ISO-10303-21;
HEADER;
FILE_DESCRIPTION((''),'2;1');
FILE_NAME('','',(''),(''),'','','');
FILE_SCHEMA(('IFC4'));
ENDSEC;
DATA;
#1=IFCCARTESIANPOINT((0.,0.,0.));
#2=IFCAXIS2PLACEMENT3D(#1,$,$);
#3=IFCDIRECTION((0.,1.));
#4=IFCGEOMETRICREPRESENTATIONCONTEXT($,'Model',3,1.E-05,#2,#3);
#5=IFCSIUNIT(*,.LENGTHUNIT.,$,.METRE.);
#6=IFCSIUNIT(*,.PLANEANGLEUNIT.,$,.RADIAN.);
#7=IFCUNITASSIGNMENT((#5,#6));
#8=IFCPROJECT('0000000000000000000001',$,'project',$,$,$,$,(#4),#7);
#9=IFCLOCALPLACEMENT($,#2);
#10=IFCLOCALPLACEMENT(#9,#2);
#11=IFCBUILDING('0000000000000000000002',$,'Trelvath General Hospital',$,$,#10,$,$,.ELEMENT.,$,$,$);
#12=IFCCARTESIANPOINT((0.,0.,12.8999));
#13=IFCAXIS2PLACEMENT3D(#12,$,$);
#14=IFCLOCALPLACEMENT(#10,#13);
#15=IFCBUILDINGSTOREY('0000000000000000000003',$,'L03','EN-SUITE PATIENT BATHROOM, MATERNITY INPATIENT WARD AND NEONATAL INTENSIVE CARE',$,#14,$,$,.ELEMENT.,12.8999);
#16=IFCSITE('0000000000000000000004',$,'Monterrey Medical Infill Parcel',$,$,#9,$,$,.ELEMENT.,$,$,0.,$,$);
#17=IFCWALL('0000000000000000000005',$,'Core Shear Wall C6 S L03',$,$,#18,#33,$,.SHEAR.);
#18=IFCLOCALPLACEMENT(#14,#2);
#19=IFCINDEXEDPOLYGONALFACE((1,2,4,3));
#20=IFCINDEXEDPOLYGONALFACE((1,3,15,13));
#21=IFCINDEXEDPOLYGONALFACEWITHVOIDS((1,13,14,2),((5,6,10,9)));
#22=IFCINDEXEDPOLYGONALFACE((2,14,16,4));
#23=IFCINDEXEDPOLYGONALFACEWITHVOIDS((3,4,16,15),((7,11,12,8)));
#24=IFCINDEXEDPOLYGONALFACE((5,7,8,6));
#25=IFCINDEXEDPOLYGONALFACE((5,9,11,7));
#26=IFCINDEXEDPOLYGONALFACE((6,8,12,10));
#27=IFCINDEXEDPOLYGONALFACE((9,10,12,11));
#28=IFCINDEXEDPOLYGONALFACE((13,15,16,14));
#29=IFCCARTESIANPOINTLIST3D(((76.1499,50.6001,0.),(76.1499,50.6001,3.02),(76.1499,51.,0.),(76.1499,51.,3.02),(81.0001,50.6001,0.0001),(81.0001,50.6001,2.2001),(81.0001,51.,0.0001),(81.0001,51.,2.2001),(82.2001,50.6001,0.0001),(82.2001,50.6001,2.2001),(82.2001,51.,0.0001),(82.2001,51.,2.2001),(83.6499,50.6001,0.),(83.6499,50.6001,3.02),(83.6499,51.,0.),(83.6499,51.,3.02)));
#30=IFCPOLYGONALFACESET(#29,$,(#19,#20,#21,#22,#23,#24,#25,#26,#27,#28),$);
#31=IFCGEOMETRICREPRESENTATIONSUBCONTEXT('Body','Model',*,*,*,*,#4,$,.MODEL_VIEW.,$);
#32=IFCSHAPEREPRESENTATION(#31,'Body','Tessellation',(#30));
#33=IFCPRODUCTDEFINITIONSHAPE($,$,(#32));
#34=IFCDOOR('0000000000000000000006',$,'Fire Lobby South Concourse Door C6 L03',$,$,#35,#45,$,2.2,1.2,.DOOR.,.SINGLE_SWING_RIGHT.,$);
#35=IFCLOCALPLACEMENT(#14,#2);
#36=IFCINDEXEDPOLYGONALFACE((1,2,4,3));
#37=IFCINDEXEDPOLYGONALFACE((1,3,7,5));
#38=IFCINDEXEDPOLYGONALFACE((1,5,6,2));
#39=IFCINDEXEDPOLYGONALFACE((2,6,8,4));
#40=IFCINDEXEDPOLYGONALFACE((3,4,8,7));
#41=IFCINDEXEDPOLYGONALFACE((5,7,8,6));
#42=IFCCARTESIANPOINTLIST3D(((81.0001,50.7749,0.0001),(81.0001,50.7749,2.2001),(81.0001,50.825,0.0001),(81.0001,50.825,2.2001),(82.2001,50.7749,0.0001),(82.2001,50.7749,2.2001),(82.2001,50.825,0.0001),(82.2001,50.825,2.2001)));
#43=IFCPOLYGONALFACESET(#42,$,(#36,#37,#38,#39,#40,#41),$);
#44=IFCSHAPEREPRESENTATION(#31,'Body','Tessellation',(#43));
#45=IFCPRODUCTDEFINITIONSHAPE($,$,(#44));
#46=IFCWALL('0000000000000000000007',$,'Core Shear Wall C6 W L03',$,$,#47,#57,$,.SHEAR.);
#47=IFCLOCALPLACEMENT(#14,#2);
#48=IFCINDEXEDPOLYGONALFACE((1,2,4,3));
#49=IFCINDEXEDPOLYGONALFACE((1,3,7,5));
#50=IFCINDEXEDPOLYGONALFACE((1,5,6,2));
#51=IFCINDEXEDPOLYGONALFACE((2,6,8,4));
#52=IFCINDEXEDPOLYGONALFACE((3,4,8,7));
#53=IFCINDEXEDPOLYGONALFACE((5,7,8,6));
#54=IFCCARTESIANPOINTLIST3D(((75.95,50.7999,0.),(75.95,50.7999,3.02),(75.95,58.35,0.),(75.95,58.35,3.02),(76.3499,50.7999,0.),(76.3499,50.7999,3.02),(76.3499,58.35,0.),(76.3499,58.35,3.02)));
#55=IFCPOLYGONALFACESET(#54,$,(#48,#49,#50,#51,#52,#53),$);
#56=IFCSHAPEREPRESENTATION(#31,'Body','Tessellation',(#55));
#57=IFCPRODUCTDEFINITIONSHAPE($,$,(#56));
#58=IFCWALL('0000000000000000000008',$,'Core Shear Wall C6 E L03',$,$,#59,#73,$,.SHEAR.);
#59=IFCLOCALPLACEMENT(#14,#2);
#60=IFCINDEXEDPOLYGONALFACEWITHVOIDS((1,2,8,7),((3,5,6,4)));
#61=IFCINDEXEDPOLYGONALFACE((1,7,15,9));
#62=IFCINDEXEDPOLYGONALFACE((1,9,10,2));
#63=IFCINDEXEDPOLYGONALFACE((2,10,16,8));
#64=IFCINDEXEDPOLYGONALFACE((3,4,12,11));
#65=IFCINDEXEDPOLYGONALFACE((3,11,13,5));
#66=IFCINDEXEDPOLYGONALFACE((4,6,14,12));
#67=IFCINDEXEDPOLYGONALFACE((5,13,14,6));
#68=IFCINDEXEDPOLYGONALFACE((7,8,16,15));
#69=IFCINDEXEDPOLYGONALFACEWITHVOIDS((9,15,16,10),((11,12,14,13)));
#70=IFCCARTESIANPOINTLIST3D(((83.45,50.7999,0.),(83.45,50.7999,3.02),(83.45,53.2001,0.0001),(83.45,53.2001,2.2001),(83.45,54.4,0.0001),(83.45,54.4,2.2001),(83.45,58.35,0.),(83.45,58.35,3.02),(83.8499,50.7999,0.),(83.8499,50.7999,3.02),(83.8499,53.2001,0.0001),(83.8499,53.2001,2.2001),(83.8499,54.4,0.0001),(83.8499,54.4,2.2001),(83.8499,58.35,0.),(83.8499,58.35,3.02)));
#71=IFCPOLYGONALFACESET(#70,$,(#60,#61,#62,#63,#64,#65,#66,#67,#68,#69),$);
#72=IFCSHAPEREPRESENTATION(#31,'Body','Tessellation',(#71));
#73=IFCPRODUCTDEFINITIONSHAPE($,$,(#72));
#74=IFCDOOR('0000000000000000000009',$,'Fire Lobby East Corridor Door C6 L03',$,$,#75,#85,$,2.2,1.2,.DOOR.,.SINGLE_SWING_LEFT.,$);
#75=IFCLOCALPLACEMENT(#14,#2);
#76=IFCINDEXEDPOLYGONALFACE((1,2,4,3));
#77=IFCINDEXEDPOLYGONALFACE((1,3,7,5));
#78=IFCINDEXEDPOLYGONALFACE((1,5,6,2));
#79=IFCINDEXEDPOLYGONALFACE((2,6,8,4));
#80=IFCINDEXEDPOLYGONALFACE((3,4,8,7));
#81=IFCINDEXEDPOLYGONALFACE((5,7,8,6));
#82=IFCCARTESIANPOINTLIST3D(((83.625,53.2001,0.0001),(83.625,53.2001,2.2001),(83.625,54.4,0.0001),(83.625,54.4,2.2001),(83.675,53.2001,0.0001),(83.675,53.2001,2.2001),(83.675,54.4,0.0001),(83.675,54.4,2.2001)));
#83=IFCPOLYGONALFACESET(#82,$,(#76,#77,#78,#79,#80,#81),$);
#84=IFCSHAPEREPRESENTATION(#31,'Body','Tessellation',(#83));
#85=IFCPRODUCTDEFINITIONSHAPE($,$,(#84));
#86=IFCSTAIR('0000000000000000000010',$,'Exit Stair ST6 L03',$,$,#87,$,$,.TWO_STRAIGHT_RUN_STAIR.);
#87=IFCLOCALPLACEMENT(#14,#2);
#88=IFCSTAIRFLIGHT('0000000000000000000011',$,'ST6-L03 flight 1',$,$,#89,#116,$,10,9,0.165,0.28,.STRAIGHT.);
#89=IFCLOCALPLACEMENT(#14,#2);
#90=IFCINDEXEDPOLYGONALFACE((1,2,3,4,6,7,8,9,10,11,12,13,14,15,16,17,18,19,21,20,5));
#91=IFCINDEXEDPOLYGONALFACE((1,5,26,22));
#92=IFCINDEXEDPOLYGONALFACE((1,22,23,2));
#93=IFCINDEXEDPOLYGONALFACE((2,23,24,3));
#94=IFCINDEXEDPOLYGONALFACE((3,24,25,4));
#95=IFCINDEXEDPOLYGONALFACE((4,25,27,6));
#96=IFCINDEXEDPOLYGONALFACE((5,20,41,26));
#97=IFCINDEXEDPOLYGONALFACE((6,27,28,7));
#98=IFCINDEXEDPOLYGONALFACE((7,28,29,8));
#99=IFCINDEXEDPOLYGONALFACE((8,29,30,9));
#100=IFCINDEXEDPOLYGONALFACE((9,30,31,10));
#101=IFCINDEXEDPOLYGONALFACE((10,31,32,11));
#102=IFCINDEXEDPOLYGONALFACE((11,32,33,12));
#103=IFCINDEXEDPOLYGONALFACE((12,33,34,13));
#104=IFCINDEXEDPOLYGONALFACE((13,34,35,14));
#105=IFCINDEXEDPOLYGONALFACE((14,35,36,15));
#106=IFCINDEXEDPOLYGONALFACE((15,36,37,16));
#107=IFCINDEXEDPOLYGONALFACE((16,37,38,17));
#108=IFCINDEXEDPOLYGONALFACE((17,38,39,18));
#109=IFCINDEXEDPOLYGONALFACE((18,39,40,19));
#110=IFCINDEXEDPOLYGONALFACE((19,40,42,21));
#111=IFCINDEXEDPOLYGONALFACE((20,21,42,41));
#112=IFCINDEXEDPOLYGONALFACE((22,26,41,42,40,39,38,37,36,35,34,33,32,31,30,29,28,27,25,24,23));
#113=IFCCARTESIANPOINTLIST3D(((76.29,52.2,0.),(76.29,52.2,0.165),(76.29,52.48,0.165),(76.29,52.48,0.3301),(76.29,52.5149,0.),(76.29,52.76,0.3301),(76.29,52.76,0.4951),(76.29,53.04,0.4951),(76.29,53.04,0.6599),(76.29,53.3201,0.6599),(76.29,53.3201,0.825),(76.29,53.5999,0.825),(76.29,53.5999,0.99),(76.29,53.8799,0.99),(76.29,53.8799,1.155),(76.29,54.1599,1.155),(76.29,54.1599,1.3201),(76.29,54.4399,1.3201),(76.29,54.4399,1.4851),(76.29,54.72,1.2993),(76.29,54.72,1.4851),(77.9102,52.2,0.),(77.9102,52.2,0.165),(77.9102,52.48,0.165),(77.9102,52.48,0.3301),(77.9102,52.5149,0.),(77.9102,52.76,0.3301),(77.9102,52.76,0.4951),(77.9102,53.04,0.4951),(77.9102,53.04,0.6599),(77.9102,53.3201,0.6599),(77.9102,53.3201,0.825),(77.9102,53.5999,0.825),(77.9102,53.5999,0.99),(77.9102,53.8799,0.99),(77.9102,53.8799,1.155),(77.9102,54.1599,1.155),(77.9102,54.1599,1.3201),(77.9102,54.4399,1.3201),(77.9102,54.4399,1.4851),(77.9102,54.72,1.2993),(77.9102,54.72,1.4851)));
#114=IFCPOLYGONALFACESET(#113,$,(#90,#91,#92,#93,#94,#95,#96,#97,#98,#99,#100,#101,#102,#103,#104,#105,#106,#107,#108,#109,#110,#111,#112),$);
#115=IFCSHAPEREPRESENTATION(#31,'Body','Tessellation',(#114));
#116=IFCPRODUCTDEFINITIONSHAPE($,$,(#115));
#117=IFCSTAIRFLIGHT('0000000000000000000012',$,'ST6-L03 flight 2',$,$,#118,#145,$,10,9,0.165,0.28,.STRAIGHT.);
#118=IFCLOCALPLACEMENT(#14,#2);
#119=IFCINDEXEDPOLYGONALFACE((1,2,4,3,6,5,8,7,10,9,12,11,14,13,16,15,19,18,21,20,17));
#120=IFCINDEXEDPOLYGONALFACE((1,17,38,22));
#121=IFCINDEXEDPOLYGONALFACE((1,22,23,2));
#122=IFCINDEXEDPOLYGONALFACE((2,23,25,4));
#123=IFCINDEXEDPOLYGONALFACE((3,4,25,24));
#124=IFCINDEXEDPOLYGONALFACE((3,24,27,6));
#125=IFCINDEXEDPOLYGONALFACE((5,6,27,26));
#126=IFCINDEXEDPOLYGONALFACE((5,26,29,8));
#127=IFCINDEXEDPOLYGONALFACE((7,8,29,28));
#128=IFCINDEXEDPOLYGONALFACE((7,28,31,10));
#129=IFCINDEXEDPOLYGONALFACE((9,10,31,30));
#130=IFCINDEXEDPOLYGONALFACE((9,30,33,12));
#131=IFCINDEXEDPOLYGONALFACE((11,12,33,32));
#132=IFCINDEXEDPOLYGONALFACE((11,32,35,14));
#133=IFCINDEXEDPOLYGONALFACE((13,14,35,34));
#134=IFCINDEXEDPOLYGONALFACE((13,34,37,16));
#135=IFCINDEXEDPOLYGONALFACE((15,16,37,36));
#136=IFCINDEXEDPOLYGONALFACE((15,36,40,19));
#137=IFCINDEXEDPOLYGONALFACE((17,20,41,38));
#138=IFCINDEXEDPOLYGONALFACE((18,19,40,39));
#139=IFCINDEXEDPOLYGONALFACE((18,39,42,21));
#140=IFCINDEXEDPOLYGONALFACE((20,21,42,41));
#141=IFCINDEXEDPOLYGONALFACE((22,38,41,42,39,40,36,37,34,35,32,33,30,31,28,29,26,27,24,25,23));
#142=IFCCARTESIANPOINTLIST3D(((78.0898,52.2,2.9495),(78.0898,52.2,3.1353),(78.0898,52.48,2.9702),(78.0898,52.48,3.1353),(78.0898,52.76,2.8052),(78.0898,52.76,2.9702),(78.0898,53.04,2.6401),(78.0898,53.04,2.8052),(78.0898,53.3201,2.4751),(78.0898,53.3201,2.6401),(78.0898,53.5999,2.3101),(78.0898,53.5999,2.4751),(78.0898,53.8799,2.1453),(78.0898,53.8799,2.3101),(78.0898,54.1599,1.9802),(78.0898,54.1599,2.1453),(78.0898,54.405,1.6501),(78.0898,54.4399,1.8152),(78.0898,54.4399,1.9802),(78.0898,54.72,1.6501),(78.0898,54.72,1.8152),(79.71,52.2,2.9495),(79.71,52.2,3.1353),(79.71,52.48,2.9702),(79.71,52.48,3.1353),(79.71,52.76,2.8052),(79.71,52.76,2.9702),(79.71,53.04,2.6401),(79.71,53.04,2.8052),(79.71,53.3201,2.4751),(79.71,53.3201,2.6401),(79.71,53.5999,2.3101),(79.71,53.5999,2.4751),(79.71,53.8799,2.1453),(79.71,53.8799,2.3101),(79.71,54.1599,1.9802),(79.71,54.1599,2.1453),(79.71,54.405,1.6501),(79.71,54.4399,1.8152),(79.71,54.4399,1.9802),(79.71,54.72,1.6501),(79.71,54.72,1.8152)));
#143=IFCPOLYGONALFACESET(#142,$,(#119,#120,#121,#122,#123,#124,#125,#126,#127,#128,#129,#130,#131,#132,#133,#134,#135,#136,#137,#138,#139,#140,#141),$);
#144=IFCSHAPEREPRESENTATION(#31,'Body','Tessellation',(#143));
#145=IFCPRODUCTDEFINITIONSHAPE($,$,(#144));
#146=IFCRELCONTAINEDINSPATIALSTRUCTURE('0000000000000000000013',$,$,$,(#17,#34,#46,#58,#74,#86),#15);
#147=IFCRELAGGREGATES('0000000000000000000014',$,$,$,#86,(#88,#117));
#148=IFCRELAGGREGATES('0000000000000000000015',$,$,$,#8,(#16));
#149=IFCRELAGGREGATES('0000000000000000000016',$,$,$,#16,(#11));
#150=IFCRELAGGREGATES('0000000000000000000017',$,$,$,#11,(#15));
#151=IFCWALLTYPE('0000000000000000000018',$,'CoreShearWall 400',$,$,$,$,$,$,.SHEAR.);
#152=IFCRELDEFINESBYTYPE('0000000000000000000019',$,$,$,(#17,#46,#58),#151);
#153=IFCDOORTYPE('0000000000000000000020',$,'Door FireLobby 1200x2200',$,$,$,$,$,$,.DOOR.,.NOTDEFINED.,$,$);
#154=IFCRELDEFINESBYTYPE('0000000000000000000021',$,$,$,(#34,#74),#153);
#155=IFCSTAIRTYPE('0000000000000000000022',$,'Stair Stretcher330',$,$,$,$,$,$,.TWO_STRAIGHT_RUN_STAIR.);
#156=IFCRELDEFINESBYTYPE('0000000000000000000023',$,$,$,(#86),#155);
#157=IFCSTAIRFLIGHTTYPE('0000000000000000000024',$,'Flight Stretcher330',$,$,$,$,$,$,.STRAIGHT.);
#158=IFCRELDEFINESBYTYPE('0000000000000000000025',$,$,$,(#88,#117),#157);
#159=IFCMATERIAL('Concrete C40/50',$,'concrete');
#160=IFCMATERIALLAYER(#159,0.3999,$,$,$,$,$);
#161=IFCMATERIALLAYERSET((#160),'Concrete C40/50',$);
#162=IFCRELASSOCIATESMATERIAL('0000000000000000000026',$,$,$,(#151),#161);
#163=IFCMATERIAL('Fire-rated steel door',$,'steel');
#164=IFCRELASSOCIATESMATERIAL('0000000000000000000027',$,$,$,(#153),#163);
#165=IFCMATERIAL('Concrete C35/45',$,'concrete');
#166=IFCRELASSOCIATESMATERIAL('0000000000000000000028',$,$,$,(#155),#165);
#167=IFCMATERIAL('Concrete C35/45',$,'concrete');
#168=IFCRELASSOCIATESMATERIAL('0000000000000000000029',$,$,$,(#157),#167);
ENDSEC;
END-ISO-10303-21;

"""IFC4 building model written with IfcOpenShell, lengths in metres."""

from ifc_helpers import new_model, si_unit, direction, frame, frame_2d, origin, place, context, subcontext, project, spatial, polyline, rectangle, outline, extrude, material, layer, layer_set, type_object, element, fill, aggregate, save


model = new_model("IFC4")

# Units and contexts
model_context = context("Model", 3, precision=1e-05, world=origin(), true_north=direction((0.0, 1.0)))
body_context = subcontext(model_context, "Body", "Model", "MODEL_VIEW")
ifc_project = project(units=[si_unit("LENGTHUNIT", "METRE"), si_unit("PLANEANGLEUNIT", "RADIAN")], contexts=[model_context])

# Site, building, storey
site_placement = place(None, origin())
site = spatial("IfcSite", under=ifc_project, at=site_placement, Name="Monterrey Medical Infill Parcel", CompositionType="ELEMENT", RefElevation=0.0)
building_placement = place(site_placement, origin())
building = spatial("IfcBuilding", under=site, at=building_placement, Name="Trelvath General Hospital", CompositionType="ELEMENT")
storey_placement = place(building_placement, frame((0.0, 0.0, 12.8999)))
storey = spatial("IfcBuildingStorey", under=building, at=storey_placement, Name="L03", Description="EN-SUITE PATIENT BATHROOM, MATERNITY INPATIENT WARD AND NEONATAL INTENSIVE CARE", CompositionType="ELEMENT", Elevation=12.8999)

# Wall, opening, door
ifc_material_1 = material(Name="Concrete C40/50", Category="concrete")
ifc_layer_1 = layer(ifc_material_1, 0.3999)
ifc_layer_set_1 = layer_set([ifc_layer_1], Name="Concrete C40/50")
wall_type = type_object("IfcWallType", Name="CoreShearWall 400", PredefinedType="SHEAR", material=ifc_layer_set_1)
wall_1_placement = place(storey_placement, frame((76.1499, 50.8, 0.0), z_axis=(0.0, 0.0, 1.0), x_axis=(1.0, 0.0, 0.0)))
wall_1 = element("IfcWall", 1, at=wall_1_placement, inside=storey, type_object=wall_type, Name="Core Shear Wall C6 S L03", PredefinedType="SHEAR", context=body_context, shape_type="SweptSolid", body=[
    extrude(rectangle(XDim=7.5, YDim=0.3999, at=frame_2d((3.75, 0.0))), origin(), (0.0, 0.0, 1.0), 3.02),
])
opening_1_placement = place(wall_1_placement, frame((4.8501, 0.0, 0.0)))
opening_1 = element("IfcOpeningElement", 2, at=opening_1_placement, cuts=wall_1, PredefinedType="OPENING", context=body_context, shape_type="SweptSolid", body=[
    extrude(rectangle(XDim=1.2, YDim=2.2, at=frame_2d((0.6001, 1.1001))), frame((0.0, 0.21, 0.0), z_axis=(0.0, -1.0, 0.0), x_axis=(1.0, 0.0, 0.0)), (0.0, 0.0, 1.0), 0.4199),
])
ifc_material_2 = material(Name="Fire-rated steel door", Category="steel")
door_type_1 = type_object("IfcDoorType", Name="Door FireLobby 1200x2200", OperationType="NOTDEFINED", PredefinedType="DOOR", material=ifc_material_2)
door_1_placement = place(opening_1_placement, origin())
door_1 = element("IfcDoor", 3, at=door_1_placement, inside=storey, type_object=door_type_1, Name="Fire Lobby South Concourse Door C6 L03", OperationType="SINGLE_SWING_RIGHT", OverallHeight=2.2, OverallWidth=1.2, PredefinedType="DOOR", context=body_context, shape_type="SweptSolid", body=[
    extrude(rectangle(XDim=1.2, YDim=2.2, at=frame_2d((0.6001, 1.1001))), frame((0.0, 0.0249, 0.0), z_axis=(0.0, -1.0, 0.0), x_axis=(1.0, 0.0, 0.0)), (0.0, 0.0, 1.0), 0.05),
])
fill(opening_1, door_1)

# Wall
wall_2_placement = place(storey_placement, frame((76.1499, 50.8, 0.0), z_axis=(0.0, 0.0, 1.0), x_axis=(0.0, 1.0, 0.0)))
element("IfcWall", 4, at=wall_2_placement, inside=storey, type_object=wall_type, Name="Core Shear Wall C6 W L03", PredefinedType="SHEAR", context=body_context, shape_type="SweptSolid", body=[
    extrude(rectangle(XDim=7.55, YDim=0.3999, at=frame_2d((3.7749, 0.0))), origin(), (0.0, 0.0, 1.0), 3.02),
])

# Wall, opening, door
wall_3_placement = place(storey_placement, frame((83.6499, 50.8, 0.0), z_axis=(0.0, 0.0, 1.0), x_axis=(0.0, 1.0, 0.0)))
wall_3 = element("IfcWall", 5, at=wall_3_placement, inside=storey, type_object=wall_type, Name="Core Shear Wall C6 E L03", PredefinedType="SHEAR", context=body_context, shape_type="SweptSolid", body=[
    extrude(rectangle(XDim=7.55, YDim=0.3999, at=frame_2d((3.7749, 0.0))), origin(), (0.0, 0.0, 1.0), 3.02),
])
opening_2_placement = place(wall_3_placement, frame((2.3999, 0.0, 0.0)))
opening_2 = element("IfcOpeningElement", 6, at=opening_2_placement, cuts=wall_3, PredefinedType="OPENING", context=body_context, shape_type="SweptSolid", body=[
    extrude(rectangle(XDim=1.2, YDim=2.2, at=frame_2d((0.6001, 1.1001))), frame((0.0, 0.21, 0.0), z_axis=(0.0, -1.0, 0.0), x_axis=(1.0, 0.0, 0.0)), (0.0, 0.0, 1.0), 0.4199),
])
door_2_placement = place(opening_2_placement, origin())
door_2 = element("IfcDoor", 7, at=door_2_placement, inside=storey, type_object=door_type_1, Name="Fire Lobby East Corridor Door C6 L03", OperationType="SINGLE_SWING_LEFT", OverallHeight=2.2, OverallWidth=1.2, PredefinedType="DOOR", context=body_context, shape_type="SweptSolid", body=[
    extrude(rectangle(XDim=1.2, YDim=2.2, at=frame_2d((0.6001, 1.1001))), frame((0.0, 0.0249, 0.0), z_axis=(0.0, -1.0, 0.0), x_axis=(1.0, 0.0, 0.0)), (0.0, 0.0, 1.0), 0.05),
])
fill(opening_2, door_2)

# Stair, stair flights
ifc_material_3 = material(Name="Concrete C35/45", Category="concrete")
stair_type = type_object("IfcStairType", Name="Stair Stretcher330", PredefinedType="TWO_STRAIGHT_RUN_STAIR", material=ifc_material_3)
stair_placement = place(storey_placement, origin())
stair = element("IfcStair", 8, at=stair_placement, inside=storey, type_object=stair_type, Name="Exit Stair ST6 L03", PredefinedType="TWO_STRAIGHT_RUN_STAIR")
ifc_material_4 = material(Name="Concrete C35/45", Category="concrete")
stair_flight_type = type_object("IfcStairFlightType", Name="Flight Stretcher330", PredefinedType="STRAIGHT", material=ifc_material_4)
stair_flight_1_placement = place(storey_placement, frame((77.1001, 52.2, 0.0), z_axis=(0.0, 0.0, 1.0), x_axis=(0.0, 1.0, 0.0)))
stair_flight_1 = element("IfcStairFlight", 9, at=stair_flight_1_placement, type_object=stair_flight_type, Name="ST6-L03 flight 1", NumberOfRisers=10, NumberOfTreads=9, PredefinedType="STRAIGHT", RiserHeight=0.165, TreadLength=0.28, context=body_context, shape_type="SweptSolid", body=[
    extrude(outline(polyline([(0.0, 0.0), (0.0, 0.165), (0.28, 0.165), (0.28, 0.3301), (0.5601, 0.3301), (0.5601, 0.4951), (0.8401, 0.4951), (0.8401, 0.6599), (1.1201, 0.6599), (1.1201, 0.825), (1.3999, 0.825), (1.3999, 0.99), (1.6799, 0.99), (1.6799, 1.155), (1.96, 1.155), (1.96, 1.3201), (2.24, 1.3201), (2.24, 1.4851), (2.52, 1.4851), (2.52, 1.6499), (2.52, 1.2993), (0.3149, 0.0), (0.0, 0.0)])), frame((0.0, 0.8101, 0.0), z_axis=(0.0, -1.0, 0.0), x_axis=(1.0, 0.0, 0.0)), (0.0, 0.0, 1.0), 1.6201),
])
stair_flight_2_placement = place(storey_placement, frame((78.8999, 54.72, 1.6501), z_axis=(0.0, 0.0, 1.0), x_axis=(0.0, -1.0, 0.0)))
stair_flight_2 = element("IfcStairFlight", 10, at=stair_flight_2_placement, type_object=stair_flight_type, Name="ST6-L03 flight 2", NumberOfRisers=10, NumberOfTreads=9, PredefinedType="STRAIGHT", RiserHeight=0.165, TreadLength=0.28, context=body_context, shape_type="SweptSolid", body=[
    extrude(outline(polyline([(0.0, 0.0), (0.0, 0.165), (0.28, 0.165), (0.28, 0.3301), (0.5601, 0.3301), (0.5601, 0.4951), (0.8401, 0.4951), (0.8401, 0.6599), (1.1201, 0.6599), (1.1201, 0.825), (1.3999, 0.825), (1.3999, 0.99), (1.6799, 0.99), (1.6799, 1.155), (1.96, 1.155), (1.96, 1.3201), (2.24, 1.3201), (2.24, 1.4851), (2.52, 1.4851), (2.52, 1.6499), (2.52, 1.2993), (0.3149, 0.0), (0.0, 0.0)])), frame((0.0, 0.8101, 0.0), z_axis=(0.0, -1.0, 0.0), x_axis=(1.0, 0.0, 0.0)), (0.0, 0.0, 1.0), 1.6201),
])
aggregate(stair, [stair_flight_1, stair_flight_2])

save(model, "model.ifc")
